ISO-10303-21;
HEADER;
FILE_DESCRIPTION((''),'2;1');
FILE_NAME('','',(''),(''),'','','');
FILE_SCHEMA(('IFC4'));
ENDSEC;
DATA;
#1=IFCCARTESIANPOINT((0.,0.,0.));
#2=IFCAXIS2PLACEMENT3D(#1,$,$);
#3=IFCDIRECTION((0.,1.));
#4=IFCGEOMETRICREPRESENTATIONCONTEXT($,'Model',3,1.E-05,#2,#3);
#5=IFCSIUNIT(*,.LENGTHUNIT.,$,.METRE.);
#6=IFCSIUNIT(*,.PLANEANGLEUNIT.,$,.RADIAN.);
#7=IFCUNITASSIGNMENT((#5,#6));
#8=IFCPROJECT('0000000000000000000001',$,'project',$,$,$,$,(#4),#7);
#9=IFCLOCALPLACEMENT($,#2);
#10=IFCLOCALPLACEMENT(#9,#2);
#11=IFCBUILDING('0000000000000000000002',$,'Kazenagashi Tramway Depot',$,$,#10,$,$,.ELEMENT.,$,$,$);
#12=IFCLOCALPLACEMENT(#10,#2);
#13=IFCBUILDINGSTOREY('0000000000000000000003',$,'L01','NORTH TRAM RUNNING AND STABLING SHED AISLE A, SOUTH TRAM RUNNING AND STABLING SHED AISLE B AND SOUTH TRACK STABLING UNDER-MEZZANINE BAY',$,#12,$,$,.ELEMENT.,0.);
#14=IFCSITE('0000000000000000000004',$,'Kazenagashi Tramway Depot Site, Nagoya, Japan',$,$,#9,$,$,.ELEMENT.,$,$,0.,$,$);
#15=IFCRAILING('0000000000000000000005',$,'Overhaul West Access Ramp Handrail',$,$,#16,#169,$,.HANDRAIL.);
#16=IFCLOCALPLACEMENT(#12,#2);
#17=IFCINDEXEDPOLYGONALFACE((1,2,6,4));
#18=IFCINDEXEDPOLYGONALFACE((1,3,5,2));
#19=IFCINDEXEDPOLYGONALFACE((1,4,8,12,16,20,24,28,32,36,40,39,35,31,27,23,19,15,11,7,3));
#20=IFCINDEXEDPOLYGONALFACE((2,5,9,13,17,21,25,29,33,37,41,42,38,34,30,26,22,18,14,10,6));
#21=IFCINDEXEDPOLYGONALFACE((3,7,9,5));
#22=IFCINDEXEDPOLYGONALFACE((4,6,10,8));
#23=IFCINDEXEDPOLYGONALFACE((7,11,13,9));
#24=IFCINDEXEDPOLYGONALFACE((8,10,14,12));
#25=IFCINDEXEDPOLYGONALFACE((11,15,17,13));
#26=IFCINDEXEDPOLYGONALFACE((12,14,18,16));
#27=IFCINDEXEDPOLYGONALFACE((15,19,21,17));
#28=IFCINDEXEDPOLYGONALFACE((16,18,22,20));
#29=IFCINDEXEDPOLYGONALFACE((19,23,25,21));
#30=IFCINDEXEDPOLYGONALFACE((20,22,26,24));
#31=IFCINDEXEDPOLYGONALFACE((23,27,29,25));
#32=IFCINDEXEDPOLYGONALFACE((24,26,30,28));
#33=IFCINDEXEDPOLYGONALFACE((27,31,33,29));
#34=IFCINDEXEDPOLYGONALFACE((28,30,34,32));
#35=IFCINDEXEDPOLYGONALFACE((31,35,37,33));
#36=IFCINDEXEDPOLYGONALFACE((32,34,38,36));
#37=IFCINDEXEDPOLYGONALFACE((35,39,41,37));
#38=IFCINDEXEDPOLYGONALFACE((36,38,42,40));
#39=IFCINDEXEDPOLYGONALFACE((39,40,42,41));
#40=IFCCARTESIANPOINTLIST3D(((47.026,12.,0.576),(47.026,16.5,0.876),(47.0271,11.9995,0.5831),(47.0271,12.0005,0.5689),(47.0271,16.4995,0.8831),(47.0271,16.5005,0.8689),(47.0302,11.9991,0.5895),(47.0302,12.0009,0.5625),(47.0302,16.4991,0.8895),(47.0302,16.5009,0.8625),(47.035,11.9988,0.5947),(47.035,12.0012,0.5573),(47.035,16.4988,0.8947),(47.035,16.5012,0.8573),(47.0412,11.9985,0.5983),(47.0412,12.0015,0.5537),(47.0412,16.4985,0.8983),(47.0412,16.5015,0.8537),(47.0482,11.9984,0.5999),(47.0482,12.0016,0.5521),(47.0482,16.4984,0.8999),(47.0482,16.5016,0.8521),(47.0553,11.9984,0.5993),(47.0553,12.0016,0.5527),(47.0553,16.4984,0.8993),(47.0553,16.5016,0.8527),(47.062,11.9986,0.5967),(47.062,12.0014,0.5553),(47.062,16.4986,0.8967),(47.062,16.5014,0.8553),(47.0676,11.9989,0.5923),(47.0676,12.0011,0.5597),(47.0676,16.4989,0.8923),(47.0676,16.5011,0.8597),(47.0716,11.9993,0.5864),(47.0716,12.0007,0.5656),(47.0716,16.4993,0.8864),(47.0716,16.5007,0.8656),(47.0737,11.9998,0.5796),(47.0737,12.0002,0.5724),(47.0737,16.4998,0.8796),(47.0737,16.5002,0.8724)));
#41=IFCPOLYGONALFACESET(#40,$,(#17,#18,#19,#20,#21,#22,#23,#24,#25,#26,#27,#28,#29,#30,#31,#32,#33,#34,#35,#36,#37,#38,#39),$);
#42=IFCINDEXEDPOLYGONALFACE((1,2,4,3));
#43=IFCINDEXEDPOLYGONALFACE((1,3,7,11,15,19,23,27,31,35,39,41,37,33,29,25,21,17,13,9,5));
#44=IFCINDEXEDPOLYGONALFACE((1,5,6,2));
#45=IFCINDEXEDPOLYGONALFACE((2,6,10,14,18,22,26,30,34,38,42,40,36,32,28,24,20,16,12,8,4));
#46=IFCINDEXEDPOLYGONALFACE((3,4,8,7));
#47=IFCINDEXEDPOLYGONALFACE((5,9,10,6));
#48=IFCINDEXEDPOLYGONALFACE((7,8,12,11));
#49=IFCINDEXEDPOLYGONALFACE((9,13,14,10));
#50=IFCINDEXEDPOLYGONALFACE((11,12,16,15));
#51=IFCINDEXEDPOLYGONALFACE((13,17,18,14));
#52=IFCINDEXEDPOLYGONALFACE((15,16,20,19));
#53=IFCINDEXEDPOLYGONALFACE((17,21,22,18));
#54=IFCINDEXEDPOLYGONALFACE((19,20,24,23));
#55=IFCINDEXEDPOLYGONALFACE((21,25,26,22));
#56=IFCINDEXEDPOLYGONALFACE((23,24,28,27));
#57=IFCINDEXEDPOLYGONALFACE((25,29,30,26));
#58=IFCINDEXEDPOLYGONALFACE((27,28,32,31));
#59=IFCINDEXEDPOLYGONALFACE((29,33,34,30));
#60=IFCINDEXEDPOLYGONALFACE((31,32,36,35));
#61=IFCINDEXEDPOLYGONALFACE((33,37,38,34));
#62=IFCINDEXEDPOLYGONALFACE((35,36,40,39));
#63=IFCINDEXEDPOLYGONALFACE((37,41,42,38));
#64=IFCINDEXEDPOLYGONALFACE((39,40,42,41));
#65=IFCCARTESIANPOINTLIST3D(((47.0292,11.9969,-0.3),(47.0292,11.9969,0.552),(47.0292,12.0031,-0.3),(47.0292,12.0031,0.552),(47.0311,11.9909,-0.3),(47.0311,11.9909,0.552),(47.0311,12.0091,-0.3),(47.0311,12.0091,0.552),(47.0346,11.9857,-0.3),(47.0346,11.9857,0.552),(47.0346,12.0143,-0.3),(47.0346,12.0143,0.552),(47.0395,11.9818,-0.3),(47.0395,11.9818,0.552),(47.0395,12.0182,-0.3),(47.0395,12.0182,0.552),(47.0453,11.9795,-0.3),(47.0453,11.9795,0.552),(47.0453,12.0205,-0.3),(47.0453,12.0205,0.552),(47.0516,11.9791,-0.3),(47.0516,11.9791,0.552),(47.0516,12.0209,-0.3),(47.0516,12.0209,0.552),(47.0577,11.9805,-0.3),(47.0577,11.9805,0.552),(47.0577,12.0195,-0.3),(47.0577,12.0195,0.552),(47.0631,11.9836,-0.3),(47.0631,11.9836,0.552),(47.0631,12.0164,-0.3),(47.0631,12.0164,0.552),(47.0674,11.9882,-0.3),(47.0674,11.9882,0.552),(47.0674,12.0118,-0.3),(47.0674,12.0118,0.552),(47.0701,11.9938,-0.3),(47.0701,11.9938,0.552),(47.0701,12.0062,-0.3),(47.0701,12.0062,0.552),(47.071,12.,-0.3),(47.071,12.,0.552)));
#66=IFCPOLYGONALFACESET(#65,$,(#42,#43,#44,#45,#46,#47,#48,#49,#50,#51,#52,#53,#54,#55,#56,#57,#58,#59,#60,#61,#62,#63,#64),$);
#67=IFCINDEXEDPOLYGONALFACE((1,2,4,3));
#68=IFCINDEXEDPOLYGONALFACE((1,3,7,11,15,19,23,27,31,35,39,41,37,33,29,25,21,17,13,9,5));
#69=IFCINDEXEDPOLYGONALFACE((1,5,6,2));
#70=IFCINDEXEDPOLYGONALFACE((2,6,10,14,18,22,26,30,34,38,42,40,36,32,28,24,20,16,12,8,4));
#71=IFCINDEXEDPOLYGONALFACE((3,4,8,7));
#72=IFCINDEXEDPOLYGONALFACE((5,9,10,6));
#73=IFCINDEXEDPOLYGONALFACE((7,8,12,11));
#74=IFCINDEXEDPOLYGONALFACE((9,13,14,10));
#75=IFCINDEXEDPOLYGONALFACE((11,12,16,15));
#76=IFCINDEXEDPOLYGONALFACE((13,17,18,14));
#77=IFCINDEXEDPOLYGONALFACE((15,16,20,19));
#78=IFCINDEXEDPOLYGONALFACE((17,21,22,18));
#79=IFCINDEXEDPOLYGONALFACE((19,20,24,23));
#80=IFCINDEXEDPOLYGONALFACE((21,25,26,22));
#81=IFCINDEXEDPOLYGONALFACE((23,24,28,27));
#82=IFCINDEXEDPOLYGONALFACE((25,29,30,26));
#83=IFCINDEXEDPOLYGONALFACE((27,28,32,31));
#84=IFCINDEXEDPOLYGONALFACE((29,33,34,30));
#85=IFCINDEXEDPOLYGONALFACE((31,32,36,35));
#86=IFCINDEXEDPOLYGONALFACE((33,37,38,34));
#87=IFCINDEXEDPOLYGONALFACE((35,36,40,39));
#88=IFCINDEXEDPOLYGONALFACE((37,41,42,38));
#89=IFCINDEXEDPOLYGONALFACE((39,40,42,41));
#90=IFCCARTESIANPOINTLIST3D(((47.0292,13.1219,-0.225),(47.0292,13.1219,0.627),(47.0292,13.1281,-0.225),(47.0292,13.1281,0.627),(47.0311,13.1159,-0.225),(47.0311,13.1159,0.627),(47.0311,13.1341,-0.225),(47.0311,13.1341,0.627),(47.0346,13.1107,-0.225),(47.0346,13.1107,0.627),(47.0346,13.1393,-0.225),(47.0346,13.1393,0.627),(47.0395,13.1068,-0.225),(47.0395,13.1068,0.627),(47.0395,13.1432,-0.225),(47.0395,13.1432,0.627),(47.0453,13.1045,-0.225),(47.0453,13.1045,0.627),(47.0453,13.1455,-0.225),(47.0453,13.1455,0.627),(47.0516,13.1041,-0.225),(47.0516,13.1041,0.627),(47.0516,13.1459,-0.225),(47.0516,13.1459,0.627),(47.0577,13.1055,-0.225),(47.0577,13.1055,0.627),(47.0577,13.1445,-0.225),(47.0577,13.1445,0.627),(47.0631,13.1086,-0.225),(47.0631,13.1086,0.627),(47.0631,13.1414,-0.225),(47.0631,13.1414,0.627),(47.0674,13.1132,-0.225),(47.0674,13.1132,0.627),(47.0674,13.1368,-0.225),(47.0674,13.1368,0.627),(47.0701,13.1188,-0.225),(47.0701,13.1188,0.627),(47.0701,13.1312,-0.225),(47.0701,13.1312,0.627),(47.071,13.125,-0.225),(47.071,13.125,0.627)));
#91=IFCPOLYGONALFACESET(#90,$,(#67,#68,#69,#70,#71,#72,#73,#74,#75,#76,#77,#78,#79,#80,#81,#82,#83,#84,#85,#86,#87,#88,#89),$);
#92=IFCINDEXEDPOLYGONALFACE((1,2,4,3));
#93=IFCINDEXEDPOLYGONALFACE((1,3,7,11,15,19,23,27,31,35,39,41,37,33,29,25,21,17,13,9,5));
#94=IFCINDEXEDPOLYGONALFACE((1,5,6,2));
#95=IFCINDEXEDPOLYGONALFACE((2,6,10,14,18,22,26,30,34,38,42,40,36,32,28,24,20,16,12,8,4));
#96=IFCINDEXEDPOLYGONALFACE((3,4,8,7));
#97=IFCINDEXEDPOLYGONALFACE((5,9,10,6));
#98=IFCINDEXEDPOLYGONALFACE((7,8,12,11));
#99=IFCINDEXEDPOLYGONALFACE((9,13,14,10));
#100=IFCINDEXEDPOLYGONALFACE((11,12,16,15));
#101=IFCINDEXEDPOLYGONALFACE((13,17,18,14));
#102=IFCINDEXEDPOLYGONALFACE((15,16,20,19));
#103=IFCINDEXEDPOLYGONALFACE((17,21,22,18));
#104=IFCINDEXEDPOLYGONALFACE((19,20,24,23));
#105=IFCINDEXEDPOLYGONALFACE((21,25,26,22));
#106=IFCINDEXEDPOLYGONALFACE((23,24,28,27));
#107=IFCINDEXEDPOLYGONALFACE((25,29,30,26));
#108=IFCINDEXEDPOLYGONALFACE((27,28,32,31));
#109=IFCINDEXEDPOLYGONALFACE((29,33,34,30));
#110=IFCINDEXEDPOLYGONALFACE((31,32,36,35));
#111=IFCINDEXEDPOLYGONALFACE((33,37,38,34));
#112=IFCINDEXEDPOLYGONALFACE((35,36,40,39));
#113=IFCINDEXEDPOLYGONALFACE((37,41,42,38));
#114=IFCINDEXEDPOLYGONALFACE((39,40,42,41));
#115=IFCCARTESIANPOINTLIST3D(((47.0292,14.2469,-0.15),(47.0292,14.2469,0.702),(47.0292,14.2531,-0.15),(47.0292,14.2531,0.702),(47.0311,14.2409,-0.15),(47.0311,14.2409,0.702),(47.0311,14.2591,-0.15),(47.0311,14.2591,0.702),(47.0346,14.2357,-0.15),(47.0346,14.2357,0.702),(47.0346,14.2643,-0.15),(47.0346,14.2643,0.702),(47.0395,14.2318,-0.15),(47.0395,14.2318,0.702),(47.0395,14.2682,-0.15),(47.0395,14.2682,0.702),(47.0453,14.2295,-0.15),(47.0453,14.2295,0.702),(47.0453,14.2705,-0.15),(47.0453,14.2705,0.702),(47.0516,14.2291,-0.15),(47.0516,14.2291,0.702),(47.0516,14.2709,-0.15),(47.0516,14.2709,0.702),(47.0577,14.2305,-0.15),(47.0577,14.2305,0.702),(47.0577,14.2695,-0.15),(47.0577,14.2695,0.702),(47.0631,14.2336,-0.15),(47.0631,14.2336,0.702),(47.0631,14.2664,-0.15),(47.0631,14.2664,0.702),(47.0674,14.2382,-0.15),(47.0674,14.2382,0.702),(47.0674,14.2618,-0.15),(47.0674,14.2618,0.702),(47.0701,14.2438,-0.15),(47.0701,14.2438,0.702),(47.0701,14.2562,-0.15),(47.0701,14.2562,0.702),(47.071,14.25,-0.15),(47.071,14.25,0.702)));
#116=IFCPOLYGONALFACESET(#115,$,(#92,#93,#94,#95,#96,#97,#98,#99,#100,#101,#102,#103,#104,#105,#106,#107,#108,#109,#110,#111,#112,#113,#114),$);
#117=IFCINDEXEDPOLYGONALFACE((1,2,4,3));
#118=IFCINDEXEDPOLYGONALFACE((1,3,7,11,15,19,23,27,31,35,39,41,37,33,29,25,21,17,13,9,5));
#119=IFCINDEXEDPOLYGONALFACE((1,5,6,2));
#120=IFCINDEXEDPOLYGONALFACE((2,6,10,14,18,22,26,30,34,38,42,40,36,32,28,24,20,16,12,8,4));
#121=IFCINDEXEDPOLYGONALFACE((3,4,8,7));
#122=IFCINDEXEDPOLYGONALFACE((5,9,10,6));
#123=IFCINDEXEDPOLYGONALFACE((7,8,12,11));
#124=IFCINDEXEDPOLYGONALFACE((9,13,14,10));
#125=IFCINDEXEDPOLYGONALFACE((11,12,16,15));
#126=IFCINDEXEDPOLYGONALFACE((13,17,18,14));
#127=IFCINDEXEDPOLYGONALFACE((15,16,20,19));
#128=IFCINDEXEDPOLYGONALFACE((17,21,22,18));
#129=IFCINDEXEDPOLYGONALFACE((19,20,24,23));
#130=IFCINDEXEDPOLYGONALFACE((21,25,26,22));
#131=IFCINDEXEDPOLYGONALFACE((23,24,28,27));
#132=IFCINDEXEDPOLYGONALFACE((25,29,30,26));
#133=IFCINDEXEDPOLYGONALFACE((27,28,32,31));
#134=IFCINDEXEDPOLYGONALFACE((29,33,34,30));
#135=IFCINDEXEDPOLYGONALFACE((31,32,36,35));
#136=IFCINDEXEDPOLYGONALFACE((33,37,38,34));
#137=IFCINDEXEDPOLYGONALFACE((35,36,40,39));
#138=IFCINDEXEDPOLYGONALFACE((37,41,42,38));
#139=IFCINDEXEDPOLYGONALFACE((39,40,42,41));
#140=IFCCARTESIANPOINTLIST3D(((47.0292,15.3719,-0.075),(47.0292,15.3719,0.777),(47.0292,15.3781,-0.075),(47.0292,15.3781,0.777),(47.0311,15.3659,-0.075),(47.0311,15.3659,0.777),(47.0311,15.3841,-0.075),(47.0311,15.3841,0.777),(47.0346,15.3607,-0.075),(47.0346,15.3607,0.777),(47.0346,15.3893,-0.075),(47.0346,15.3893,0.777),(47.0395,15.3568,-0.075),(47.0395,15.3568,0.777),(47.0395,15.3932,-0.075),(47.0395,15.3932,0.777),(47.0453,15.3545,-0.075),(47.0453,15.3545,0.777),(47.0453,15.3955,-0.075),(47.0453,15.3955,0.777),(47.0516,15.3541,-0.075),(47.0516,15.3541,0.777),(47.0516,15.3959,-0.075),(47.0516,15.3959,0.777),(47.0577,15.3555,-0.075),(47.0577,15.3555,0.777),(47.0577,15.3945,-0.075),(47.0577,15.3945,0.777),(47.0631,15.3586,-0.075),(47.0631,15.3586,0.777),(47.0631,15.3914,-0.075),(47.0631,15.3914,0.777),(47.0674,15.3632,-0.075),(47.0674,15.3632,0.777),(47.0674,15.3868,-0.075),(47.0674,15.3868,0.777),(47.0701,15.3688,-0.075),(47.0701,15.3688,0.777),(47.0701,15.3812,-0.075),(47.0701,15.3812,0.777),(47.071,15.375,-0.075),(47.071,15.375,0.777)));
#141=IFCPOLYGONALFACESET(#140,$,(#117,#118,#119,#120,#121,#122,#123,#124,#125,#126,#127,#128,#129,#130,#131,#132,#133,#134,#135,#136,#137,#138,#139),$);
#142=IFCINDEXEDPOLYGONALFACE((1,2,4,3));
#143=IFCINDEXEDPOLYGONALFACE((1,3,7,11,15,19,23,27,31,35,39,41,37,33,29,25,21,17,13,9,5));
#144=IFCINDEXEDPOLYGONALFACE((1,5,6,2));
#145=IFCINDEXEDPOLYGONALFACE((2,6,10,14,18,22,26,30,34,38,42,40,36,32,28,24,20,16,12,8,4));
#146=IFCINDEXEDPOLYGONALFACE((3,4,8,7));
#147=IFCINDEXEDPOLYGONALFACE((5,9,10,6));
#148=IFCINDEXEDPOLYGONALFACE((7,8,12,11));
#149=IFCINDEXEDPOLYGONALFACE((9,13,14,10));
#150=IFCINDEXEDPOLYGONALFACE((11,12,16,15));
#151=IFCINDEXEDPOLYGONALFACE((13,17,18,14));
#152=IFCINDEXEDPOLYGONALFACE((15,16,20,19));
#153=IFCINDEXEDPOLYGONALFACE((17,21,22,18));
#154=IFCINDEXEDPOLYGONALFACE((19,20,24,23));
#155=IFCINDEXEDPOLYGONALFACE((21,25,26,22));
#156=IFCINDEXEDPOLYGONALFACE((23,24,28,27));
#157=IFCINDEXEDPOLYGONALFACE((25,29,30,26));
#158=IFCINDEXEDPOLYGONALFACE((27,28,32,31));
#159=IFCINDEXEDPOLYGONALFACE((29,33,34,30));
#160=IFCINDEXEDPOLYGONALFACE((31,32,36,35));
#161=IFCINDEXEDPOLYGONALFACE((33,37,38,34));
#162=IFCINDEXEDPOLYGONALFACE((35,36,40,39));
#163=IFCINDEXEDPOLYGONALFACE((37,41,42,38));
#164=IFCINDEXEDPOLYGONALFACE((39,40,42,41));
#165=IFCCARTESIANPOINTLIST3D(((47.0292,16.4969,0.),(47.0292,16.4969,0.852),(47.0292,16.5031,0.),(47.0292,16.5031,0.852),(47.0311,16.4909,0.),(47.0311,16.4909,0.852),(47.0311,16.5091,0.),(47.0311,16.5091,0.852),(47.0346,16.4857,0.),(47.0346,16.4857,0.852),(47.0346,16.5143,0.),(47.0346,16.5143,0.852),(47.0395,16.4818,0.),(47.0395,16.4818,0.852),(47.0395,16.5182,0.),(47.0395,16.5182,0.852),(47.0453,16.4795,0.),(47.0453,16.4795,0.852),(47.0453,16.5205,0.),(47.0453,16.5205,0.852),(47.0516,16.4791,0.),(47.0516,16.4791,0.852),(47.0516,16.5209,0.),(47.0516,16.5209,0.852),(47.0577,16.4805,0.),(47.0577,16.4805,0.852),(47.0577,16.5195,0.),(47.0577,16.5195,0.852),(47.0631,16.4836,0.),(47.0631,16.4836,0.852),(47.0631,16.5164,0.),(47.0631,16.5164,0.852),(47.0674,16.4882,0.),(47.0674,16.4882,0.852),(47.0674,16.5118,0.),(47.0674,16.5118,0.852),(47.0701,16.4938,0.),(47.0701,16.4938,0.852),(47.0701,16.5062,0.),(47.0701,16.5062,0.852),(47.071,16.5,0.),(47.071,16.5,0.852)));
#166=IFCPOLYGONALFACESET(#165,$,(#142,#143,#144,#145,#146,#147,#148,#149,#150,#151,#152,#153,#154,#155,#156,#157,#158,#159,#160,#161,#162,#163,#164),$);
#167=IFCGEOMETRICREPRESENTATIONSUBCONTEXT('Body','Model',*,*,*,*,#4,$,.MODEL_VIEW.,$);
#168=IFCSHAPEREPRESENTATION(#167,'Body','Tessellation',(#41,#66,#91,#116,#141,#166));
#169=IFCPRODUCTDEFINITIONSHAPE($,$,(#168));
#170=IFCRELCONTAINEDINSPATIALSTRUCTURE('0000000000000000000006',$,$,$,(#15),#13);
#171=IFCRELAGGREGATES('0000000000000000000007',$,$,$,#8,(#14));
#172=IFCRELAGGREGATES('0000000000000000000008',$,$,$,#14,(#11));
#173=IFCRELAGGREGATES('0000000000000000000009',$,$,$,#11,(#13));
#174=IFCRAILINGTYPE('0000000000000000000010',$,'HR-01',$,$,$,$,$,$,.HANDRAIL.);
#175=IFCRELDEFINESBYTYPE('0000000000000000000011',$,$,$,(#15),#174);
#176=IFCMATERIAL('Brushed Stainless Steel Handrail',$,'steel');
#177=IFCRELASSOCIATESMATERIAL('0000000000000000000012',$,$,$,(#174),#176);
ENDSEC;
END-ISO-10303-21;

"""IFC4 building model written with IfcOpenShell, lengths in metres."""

from ifc_helpers import new_model, si_unit, direction, frame, origin, origin_2d, place, context, subcontext, project, spatial, circle, extrude, material, type_object, element, save


model = new_model("IFC4")

# Units and contexts
model_context = context("Model", 3, precision=1e-05, world=origin(), true_north=direction((0.0, 1.0)))
body_context = subcontext(model_context, "Body", "Model", "MODEL_VIEW")
ifc_project = project(units=[si_unit("LENGTHUNIT", "METRE"), si_unit("PLANEANGLEUNIT", "RADIAN")], contexts=[model_context])

# Site, building, storey
site_placement = place(None, origin())
site = spatial("IfcSite", under=ifc_project, at=site_placement, Name="Kazenagashi Tramway Depot Site, Nagoya, Japan", CompositionType="ELEMENT", RefElevation=0.0)
building_placement = place(site_placement, origin())
building = spatial("IfcBuilding", under=site, at=building_placement, Name="Kazenagashi Tramway Depot", CompositionType="ELEMENT")
storey_placement = place(building_placement, origin())
storey = spatial("IfcBuildingStorey", under=building, at=storey_placement, Name="L01", Description="NORTH TRAM RUNNING AND STABLING SHED AISLE A, SOUTH TRAM RUNNING AND STABLING SHED AISLE B AND SOUTH TRACK STABLING UNDER-MEZZANINE BAY", CompositionType="ELEMENT", Elevation=0.0)

# Railing
ifc_material_1 = material(Name="Brushed Stainless Steel Handrail", Category="steel")
railing_type = type_object("IfcRailingType", Name="HR-01", PredefinedType="HANDRAIL", material=ifc_material_1)
railing_placement = place(storey_placement, frame((47.05, 12.0, -0.3)))
element("IfcRailing", 1, at=railing_placement, inside=storey, type_object=railing_type, Name="Overhaul West Access Ramp Handrail", PredefinedType="HANDRAIL", context=body_context, shape_type="SweptSolid", body=[
    extrude(circle(Radius=0.024, at=origin_2d()), frame((0.0, 0.0, 0.876), z_axis=(0.0, 0.997785, 0.066519), x_axis=(-1.0, 0.0, 0.0)), (0.0, 0.0, 1.0), 4.51),
    extrude(circle(Radius=0.021, at=origin_2d()), origin(), (0.0, 0.0, 1.0), 0.852),
    extrude(circle(Radius=0.021, at=origin_2d()), frame((0.0, 1.125, 0.075)), (0.0, 0.0, 1.0), 0.852),
    extrude(circle(Radius=0.021, at=origin_2d()), frame((0.0, 2.25, 0.15)), (0.0, 0.0, 1.0), 0.852),
    extrude(circle(Radius=0.021, at=origin_2d()), frame((0.0, 3.375, 0.225)), (0.0, 0.0, 1.0), 0.852),
    extrude(circle(Radius=0.021, at=origin_2d()), frame((0.0, 4.5, 0.3)), (0.0, 0.0, 1.0), 0.852),
])

save(model, "model.ifc")
